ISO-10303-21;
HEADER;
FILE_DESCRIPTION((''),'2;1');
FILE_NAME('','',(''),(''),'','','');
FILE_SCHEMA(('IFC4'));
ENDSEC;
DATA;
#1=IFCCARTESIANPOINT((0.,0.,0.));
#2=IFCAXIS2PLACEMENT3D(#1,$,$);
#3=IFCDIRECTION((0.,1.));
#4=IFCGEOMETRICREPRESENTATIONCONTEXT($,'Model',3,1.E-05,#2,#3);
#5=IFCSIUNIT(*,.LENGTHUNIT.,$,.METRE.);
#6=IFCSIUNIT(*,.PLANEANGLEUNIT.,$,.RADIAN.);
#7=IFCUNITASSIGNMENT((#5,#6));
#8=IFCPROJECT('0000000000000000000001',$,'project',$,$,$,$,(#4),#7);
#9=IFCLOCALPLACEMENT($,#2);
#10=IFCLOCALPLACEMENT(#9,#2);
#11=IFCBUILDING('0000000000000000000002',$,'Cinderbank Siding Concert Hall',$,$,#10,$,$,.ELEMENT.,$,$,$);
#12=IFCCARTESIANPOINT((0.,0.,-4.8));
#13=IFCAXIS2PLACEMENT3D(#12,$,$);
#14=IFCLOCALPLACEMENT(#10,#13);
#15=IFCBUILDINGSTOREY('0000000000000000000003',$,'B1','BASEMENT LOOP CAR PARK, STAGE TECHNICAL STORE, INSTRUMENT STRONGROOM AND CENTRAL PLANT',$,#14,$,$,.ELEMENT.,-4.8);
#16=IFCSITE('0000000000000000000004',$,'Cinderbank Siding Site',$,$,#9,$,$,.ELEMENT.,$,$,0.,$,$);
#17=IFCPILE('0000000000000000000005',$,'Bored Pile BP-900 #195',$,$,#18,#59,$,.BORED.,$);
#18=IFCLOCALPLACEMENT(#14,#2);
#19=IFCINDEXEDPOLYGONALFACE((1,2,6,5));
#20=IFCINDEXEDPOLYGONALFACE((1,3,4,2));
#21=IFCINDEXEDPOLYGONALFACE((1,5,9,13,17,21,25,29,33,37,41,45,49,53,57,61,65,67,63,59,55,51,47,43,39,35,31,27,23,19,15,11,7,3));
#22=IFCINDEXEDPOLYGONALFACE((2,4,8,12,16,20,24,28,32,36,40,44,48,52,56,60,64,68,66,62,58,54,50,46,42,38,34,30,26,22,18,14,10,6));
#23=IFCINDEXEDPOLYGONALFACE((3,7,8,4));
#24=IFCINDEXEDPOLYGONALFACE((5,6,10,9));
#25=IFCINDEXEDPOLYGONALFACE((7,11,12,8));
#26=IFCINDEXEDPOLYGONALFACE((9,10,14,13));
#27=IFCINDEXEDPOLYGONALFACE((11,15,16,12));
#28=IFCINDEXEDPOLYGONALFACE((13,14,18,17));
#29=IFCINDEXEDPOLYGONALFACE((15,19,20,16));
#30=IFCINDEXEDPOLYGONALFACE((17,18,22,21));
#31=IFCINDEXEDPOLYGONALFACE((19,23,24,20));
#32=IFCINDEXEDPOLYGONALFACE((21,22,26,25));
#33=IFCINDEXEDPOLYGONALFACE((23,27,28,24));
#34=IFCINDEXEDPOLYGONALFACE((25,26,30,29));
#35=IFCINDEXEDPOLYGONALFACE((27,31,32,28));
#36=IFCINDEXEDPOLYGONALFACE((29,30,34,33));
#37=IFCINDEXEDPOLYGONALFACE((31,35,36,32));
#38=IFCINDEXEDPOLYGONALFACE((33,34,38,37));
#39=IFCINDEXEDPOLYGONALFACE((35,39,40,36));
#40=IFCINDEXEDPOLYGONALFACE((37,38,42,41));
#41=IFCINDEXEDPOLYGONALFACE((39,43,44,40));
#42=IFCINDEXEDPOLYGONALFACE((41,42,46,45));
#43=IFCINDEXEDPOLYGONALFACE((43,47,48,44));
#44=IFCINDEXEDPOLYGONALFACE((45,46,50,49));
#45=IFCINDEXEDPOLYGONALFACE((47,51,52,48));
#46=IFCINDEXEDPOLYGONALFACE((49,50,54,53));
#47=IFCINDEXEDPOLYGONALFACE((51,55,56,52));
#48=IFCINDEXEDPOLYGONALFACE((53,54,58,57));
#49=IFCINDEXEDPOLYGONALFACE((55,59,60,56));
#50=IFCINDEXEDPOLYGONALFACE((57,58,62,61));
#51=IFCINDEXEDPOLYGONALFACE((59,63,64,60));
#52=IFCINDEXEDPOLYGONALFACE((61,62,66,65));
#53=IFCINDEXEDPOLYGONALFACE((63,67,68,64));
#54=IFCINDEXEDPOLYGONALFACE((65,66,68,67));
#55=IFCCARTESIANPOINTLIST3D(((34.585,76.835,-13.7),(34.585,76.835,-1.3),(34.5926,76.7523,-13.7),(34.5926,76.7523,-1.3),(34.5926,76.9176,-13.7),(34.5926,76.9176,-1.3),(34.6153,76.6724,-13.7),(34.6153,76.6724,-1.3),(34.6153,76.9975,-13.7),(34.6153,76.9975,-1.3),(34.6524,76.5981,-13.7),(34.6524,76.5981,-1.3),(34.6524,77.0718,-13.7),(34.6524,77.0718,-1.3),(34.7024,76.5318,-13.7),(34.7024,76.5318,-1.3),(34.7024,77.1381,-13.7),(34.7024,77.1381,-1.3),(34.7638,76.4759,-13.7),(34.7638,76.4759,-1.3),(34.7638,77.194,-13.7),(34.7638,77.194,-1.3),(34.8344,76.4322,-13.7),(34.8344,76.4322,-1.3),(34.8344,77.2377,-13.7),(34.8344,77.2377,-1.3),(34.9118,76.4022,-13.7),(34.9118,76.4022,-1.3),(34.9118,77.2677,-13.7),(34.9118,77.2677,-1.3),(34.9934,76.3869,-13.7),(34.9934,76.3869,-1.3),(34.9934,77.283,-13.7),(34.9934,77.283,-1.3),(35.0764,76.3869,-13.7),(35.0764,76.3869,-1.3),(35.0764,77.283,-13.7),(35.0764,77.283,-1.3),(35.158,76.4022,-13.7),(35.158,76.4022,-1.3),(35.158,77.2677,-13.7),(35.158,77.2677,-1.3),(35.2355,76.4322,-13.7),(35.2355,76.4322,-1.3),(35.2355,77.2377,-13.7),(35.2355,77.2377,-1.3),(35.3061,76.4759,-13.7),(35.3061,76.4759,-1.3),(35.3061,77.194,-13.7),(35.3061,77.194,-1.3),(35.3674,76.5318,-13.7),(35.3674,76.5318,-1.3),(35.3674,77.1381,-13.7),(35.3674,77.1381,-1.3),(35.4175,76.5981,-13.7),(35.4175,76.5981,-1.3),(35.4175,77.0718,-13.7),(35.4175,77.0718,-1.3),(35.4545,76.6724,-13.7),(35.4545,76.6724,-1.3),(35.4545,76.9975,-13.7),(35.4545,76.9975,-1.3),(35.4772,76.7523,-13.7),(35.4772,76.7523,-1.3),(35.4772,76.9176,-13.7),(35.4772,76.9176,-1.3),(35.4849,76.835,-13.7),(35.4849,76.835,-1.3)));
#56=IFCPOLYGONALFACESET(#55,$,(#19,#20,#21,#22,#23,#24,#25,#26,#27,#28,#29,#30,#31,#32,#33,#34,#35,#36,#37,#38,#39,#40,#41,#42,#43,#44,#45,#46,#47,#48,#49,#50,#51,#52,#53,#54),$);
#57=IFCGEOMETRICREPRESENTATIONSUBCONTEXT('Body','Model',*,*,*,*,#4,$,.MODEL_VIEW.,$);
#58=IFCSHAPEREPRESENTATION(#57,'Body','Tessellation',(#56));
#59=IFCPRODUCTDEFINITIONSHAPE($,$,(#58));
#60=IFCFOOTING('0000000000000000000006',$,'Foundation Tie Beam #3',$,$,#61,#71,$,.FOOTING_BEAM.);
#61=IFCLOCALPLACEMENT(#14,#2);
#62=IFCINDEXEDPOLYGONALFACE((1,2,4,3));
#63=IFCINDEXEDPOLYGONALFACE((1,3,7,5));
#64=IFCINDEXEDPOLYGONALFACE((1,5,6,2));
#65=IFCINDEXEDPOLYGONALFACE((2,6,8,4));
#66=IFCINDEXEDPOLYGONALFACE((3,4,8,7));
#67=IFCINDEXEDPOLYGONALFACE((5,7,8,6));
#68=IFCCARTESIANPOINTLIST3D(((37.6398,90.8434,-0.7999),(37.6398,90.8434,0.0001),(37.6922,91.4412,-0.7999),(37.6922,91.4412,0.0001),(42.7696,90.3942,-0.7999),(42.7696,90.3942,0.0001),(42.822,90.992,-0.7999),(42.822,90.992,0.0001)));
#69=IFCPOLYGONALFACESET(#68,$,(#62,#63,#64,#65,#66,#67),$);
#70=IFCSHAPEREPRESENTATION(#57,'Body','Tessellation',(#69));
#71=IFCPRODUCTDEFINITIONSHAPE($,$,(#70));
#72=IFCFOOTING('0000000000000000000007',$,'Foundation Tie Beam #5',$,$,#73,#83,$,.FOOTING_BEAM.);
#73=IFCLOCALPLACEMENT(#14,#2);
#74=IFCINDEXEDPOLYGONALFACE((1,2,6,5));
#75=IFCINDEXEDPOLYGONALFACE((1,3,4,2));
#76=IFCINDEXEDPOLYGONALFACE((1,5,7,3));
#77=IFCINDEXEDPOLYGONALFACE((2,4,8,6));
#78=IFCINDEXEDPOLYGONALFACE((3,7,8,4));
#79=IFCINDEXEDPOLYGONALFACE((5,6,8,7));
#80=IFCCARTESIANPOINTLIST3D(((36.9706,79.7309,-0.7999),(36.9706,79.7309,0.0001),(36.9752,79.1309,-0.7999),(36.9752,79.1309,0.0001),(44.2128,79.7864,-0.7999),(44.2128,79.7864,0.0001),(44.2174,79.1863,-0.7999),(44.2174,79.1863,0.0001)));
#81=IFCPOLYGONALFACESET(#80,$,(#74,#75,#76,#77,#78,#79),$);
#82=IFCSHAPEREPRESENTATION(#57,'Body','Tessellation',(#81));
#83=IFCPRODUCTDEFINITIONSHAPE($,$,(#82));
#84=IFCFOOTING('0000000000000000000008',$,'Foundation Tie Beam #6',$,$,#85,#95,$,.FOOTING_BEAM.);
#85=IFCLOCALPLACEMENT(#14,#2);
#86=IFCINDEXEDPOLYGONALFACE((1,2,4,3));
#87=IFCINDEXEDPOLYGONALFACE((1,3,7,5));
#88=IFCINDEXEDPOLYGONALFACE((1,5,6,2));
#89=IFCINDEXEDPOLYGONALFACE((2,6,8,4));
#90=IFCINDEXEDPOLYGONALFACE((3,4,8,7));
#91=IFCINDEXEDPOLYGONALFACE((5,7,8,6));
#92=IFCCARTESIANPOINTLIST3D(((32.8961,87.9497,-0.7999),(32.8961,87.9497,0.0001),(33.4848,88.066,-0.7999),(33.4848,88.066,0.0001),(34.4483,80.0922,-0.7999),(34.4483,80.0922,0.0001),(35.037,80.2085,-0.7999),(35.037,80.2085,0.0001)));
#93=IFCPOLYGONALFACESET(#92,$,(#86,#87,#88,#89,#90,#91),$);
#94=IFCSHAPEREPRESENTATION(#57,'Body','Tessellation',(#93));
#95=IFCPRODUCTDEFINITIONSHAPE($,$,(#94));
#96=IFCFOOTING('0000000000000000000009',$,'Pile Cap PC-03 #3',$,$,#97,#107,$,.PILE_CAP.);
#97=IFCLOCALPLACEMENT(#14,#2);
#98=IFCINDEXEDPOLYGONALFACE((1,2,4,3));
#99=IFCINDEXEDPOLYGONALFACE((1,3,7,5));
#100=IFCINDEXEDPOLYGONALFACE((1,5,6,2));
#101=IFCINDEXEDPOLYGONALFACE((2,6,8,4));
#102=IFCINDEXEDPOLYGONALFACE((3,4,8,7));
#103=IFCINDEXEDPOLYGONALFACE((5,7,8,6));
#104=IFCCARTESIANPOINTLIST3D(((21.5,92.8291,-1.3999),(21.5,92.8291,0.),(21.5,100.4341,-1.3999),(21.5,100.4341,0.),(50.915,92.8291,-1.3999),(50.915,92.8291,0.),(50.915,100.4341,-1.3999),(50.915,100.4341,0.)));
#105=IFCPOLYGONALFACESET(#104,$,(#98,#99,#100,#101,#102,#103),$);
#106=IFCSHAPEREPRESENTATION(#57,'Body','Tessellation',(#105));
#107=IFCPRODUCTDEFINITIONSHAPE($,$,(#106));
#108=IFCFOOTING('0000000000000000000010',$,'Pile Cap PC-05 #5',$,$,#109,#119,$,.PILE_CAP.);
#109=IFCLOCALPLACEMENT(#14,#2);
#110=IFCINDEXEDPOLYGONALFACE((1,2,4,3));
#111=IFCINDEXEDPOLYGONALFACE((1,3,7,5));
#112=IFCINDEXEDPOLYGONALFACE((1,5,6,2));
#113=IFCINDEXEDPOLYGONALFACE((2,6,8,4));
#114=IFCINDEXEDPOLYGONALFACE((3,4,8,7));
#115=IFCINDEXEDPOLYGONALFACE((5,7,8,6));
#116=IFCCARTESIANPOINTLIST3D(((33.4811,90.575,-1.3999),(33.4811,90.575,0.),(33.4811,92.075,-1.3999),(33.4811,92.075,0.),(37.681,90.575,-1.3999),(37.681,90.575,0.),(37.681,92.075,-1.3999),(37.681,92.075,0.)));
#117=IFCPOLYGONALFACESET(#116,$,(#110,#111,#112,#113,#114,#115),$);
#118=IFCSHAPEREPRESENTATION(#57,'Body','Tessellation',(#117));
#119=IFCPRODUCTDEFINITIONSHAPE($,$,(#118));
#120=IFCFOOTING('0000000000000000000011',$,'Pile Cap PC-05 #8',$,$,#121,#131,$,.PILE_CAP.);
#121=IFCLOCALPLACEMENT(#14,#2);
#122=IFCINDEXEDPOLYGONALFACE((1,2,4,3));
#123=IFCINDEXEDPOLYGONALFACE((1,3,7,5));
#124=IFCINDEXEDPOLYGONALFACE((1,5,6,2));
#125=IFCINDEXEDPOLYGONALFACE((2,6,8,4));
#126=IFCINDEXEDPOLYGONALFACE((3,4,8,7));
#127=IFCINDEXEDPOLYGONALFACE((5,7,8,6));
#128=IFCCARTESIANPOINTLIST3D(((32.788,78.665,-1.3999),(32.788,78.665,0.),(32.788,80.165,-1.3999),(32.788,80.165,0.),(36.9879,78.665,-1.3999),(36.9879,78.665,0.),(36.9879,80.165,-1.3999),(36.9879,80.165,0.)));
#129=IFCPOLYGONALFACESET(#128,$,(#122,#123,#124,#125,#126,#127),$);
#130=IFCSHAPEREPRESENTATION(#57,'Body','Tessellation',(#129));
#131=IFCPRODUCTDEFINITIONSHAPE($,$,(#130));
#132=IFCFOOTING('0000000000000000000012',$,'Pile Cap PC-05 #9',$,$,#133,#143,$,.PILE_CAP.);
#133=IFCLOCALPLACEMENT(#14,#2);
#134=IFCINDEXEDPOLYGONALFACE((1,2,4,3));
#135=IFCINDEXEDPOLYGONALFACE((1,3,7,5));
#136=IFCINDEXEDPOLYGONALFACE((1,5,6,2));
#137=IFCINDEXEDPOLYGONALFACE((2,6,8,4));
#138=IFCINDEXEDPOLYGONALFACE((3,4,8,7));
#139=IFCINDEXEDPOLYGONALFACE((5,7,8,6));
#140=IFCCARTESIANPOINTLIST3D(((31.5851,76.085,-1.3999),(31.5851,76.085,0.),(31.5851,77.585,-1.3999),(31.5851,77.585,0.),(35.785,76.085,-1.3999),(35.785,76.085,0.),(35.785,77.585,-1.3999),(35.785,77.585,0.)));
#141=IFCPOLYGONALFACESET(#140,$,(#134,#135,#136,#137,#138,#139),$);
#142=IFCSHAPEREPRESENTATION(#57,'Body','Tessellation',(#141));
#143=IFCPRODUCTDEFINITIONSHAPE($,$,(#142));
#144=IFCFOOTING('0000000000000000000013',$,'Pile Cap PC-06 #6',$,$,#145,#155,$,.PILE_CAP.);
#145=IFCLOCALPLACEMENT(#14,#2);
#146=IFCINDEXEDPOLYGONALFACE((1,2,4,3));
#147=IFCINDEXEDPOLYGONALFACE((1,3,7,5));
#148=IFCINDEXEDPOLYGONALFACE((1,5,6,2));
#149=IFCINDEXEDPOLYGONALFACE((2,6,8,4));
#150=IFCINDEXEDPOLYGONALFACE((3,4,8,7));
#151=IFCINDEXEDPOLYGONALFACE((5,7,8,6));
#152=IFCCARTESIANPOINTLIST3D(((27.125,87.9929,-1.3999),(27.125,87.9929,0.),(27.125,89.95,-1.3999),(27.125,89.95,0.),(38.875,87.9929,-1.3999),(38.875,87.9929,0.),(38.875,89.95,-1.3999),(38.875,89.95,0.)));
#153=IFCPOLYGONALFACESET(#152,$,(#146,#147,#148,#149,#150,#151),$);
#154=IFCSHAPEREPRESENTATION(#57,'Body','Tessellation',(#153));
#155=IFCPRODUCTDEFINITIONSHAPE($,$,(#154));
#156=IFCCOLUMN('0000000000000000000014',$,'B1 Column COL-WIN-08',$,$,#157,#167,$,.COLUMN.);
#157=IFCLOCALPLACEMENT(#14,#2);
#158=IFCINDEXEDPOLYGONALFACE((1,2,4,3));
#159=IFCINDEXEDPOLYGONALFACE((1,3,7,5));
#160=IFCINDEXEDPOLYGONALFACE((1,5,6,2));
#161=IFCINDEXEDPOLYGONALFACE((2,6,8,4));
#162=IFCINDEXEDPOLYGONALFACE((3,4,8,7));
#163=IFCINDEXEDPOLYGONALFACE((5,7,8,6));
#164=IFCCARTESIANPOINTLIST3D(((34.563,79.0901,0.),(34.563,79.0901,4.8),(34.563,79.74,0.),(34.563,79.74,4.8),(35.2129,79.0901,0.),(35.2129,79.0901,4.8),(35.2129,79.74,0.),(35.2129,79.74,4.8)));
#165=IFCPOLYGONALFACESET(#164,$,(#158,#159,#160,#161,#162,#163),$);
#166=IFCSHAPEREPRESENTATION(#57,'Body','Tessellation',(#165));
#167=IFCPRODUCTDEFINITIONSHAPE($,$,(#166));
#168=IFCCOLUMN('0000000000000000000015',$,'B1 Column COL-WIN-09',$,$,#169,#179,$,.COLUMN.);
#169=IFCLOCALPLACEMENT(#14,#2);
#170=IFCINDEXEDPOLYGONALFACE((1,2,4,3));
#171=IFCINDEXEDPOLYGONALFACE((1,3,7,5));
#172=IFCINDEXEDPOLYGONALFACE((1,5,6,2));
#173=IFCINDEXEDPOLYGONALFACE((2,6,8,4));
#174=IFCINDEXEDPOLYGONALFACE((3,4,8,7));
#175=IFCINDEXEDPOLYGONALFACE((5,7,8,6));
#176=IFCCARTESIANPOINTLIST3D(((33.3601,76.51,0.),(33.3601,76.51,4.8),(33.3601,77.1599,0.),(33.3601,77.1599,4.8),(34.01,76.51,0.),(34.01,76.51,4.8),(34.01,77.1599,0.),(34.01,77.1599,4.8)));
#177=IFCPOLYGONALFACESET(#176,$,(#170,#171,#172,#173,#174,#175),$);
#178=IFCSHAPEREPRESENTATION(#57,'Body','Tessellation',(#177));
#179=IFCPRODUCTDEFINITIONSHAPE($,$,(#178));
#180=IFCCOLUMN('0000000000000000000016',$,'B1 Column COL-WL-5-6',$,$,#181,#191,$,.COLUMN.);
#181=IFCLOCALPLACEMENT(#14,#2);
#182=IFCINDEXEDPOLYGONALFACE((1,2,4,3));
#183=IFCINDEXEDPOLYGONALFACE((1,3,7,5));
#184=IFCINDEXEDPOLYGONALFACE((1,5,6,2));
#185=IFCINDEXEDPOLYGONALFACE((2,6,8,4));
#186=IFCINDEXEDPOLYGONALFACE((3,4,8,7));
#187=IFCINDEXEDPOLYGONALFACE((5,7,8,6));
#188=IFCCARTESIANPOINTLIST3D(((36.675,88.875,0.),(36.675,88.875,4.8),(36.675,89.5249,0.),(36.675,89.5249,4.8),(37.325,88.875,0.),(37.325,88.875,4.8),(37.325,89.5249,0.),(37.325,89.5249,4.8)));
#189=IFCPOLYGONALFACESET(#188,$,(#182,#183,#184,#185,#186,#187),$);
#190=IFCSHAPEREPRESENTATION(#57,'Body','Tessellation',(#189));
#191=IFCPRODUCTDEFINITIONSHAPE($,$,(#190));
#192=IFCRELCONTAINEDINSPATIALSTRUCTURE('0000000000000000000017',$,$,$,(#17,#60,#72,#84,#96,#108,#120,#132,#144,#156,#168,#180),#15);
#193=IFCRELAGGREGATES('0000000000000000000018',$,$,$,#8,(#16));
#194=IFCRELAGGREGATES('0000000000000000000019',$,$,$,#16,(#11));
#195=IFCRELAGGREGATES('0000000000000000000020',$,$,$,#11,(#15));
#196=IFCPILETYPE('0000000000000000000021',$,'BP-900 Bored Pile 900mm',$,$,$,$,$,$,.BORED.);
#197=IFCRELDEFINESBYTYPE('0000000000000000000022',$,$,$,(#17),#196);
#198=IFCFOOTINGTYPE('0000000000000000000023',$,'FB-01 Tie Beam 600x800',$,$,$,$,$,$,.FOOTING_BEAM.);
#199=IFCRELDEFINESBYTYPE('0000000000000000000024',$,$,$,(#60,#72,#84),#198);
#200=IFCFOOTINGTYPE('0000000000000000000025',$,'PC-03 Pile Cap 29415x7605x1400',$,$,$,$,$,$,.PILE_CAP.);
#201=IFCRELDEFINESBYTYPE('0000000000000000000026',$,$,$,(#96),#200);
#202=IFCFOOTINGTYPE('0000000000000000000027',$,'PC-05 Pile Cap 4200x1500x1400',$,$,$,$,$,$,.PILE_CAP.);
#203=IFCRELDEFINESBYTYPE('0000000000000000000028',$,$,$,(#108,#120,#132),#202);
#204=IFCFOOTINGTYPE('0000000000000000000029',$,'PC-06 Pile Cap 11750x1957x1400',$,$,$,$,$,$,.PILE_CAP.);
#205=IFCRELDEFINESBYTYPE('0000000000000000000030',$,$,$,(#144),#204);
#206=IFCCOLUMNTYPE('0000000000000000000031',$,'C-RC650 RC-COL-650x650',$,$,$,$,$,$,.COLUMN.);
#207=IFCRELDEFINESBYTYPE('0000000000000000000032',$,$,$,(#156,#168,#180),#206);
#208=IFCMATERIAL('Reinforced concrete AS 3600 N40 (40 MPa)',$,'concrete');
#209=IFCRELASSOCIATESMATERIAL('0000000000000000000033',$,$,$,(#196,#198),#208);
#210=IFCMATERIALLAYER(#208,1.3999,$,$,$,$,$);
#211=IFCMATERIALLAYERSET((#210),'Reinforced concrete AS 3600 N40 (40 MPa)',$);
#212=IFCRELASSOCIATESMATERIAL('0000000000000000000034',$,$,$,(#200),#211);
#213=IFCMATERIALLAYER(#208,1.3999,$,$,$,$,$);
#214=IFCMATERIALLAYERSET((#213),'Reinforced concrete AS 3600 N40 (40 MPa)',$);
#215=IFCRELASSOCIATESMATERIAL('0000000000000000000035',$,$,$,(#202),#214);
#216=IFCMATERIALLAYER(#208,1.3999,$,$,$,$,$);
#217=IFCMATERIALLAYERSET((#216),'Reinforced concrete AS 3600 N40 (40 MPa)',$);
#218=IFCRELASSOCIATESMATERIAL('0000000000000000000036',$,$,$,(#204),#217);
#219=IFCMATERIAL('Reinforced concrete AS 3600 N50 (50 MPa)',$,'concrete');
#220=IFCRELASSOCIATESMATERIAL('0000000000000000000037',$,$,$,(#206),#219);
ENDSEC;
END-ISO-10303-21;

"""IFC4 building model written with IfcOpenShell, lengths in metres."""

from ifc_helpers import new_model, si_unit, direction, frame, origin, origin_2d, place, context, subcontext, project, spatial, rectangle, circle, extrude, material, layer, layer_set, material_profile, profile_set, type_object, element, save


model = new_model("IFC4")

# Units and contexts
model_context = context("Model", 3, precision=1e-05, world=origin(), true_north=direction((0.0, 1.0)))
body_context = subcontext(model_context, "Body", "Model", "MODEL_VIEW")
ifc_project = project(units=[si_unit("LENGTHUNIT", "METRE"), si_unit("PLANEANGLEUNIT", "RADIAN")], contexts=[model_context])

# Site, building, storey
site_placement = place(None, origin())
site = spatial("IfcSite", under=ifc_project, at=site_placement, Name="Cinderbank Siding Site", CompositionType="ELEMENT", RefElevation=0.0)
building_placement = place(site_placement, origin())
building = spatial("IfcBuilding", under=site, at=building_placement, Name="Cinderbank Siding Concert Hall", CompositionType="ELEMENT")
storey_placement = place(building_placement, frame((0.0, 0.0, -4.8)))
storey = spatial("IfcBuildingStorey", under=building, at=storey_placement, Name="B1", Description="BASEMENT LOOP CAR PARK, STAGE TECHNICAL STORE, INSTRUMENT STRONGROOM AND CENTRAL PLANT", CompositionType="ELEMENT", Elevation=-4.8)

# Pile
ifc_material_1 = material(Name="Reinforced concrete AS 3600 N40 (40 MPa)", Category="concrete")
ifc_material_profile_1 = material_profile(ifc_material_1, circle(Radius=0.45, at=origin_2d()), Name="PILE-900DIA", Category="LoadBearing")
ifc_profile_set_1 = profile_set([ifc_material_profile_1], Name="Reinforced concrete AS 3600 N40 (40 MPa)")
pile_type_1 = type_object("IfcPileType", Name="BP-900 Bored Pile 900mm", PredefinedType="BORED", material=ifc_profile_set_1)
for number, where, z_axis, x_axis, name in (
    (1, (35.0349, 76.835, -1.3), (0.0, 0.0, -1.0), (1.0, 0.0, 0.0), "Bored Pile BP-900 #195"),
):
    element("IfcPile", number, at=place(storey_placement, frame(where, z_axis=z_axis, x_axis=x_axis)), inside=storey, type_object=pile_type_1, Name=name, PredefinedType="BORED", context=body_context, shape_type="SweptSolid", body=[
        extrude(circle(Radius=0.45, at=origin_2d()), origin(), (0.0, 0.0, 1.0), 12.3999),
    ])

# Footings
ifc_material_profile_2 = material_profile(ifc_material_1, rectangle(XDim=0.6001, YDim=0.8, at=origin_2d()), Name="RC-FB-600x800", Category="LoadBearing")
ifc_profile_set_2 = profile_set([ifc_material_profile_2], Name="Reinforced concrete AS 3600 N40 (40 MPa)")
footing_type_1 = type_object("IfcFootingType", Name="FB-01 Tie Beam 600x800", PredefinedType="FOOTING_BEAM", material=ifc_profile_set_2)
footing_1_placement = place(storey_placement, frame((37.666, 91.1423, -0.3999), z_axis=(0.996188, -0.087235, 0.0), x_axis=(0.087235, 0.996188, 0.0)))
element("IfcFooting", 2, at=footing_1_placement, inside=storey, type_object=footing_type_1, Name="Foundation Tie Beam #3", PredefinedType="FOOTING_BEAM", context=body_context, shape_type="SweptSolid", body=[
    extrude(rectangle(XDim=0.6001, YDim=0.8, at=origin_2d()), origin(), (0.0, 0.0, 1.0), 5.1494),
])
footing_2_placement = place(storey_placement, frame((36.9729, 79.4309, -0.3999), z_axis=(0.999971, 0.007652, 0.0), x_axis=(-0.007652, 0.999971, 0.0)))
element("IfcFooting", 3, at=footing_2_placement, inside=storey, type_object=footing_type_1, Name="Foundation Tie Beam #5", PredefinedType="FOOTING_BEAM", context=body_context, shape_type="SweptSolid", body=[
    extrude(rectangle(XDim=0.6001, YDim=0.8, at=origin_2d()), origin(), (0.0, 0.0, 1.0), 7.2424),
])
footing_3_placement = place(storey_placement, frame((34.7427, 80.1504, -0.3999), z_axis=(-0.193806, 0.98104, 0.0), x_axis=(-0.98104, -0.193806, 0.0)))
element("IfcFooting", 4, at=footing_3_placement, inside=storey, type_object=footing_type_1, Name="Foundation Tie Beam #6", PredefinedType="FOOTING_BEAM", context=body_context, shape_type="SweptSolid", body=[
    extrude(rectangle(XDim=0.6001, YDim=0.8, at=origin_2d()), origin(), (0.0, 0.0, 1.0), 8.0093),
])
ifc_layer_1 = layer(ifc_material_1, 1.3999)
ifc_layer_set_1 = layer_set([ifc_layer_1], Name="Reinforced concrete AS 3600 N40 (40 MPa)")
footing_type_2 = type_object("IfcFootingType", Name="PC-03 Pile Cap 29415x7605x1400", PredefinedType="PILE_CAP", material=ifc_layer_set_1)
footing_4_placement = place(storey_placement, frame((36.2075, 96.6316, -1.3999), z_axis=(0.0, 0.0, 1.0), x_axis=(1.0, 0.0, 0.0)))
element("IfcFooting", 5, at=footing_4_placement, inside=storey, type_object=footing_type_2, Name="Pile Cap PC-03 #3", PredefinedType="PILE_CAP", context=body_context, shape_type="SweptSolid", body=[
    extrude(rectangle(XDim=29.415, YDim=7.605, at=origin_2d()), origin(), (0.0, 0.0, 1.0), 1.3999),
])
ifc_layer_2 = layer(ifc_material_1, 1.3999)
ifc_layer_set_2 = layer_set([ifc_layer_2], Name="Reinforced concrete AS 3600 N40 (40 MPa)")
footing_type_3 = type_object("IfcFootingType", Name="PC-05 Pile Cap 4200x1500x1400", PredefinedType="PILE_CAP", material=ifc_layer_set_2)
for number, where, z_axis, x_axis, name in (
    (6, (35.5811, 91.325, -1.3999), (0.0, 0.0, 1.0), (1.0, 0.0, 0.0), "Pile Cap PC-05 #5"),
    (7, (34.8879, 79.415, -1.3999), (0.0, 0.0, 1.0), (1.0, 0.0, 0.0), "Pile Cap PC-05 #8"),
    (8, (33.6851, 76.835, -1.3999), (0.0, 0.0, 1.0), (1.0, 0.0, 0.0), "Pile Cap PC-05 #9"),
):
    element("IfcFooting", number, at=place(storey_placement, frame(where, z_axis=z_axis, x_axis=x_axis)), inside=storey, type_object=footing_type_3, Name=name, PredefinedType="PILE_CAP", context=body_context, shape_type="SweptSolid", body=[
        extrude(rectangle(XDim=4.2, YDim=1.5, at=origin_2d()), origin(), (0.0, 0.0, 1.0), 1.3999),
    ])
ifc_layer_3 = layer(ifc_material_1, 1.3999)
ifc_layer_set_3 = layer_set([ifc_layer_3], Name="Reinforced concrete AS 3600 N40 (40 MPa)")
footing_type_4 = type_object("IfcFootingType", Name="PC-06 Pile Cap 11750x1957x1400", PredefinedType="PILE_CAP", material=ifc_layer_set_3)
footing_5_placement = place(storey_placement, frame((33.0, 88.9714, -1.3999), z_axis=(0.0, 0.0, 1.0), x_axis=(1.0, 0.0, 0.0)))
element("IfcFooting", 9, at=footing_5_placement, inside=storey, type_object=footing_type_4, Name="Pile Cap PC-06 #6", PredefinedType="PILE_CAP", context=body_context, shape_type="SweptSolid", body=[
    extrude(rectangle(XDim=11.75, YDim=1.957, at=origin_2d()), origin(), (0.0, 0.0, 1.0), 1.3999),
])

# Columns
ifc_material_2 = material(Name="Reinforced concrete AS 3600 N50 (50 MPa)", Category="concrete")
ifc_material_profile_3 = material_profile(ifc_material_2, rectangle(XDim=0.6499, YDim=0.6499, at=origin_2d()), Name="RC-COL-650x650", Category="LoadBearing")
ifc_profile_set_3 = profile_set([ifc_material_profile_3], Name="Reinforced concrete AS 3600 N50 (50 MPa)")
column_type_1 = type_object("IfcColumnType", Name="C-RC650 RC-COL-650x650", PredefinedType="COLUMN", material=ifc_profile_set_3)
for number, where, z_axis, x_axis, name in (
    (10, (34.8879, 79.415, 0.0), (0.0, 0.0, 1.0), (1.0, 0.0, 0.0), "B1 Column COL-WIN-08"),
    (11, (33.6851, 76.835, 0.0), (0.0, 0.0, 1.0), (1.0, 0.0, 0.0), "B1 Column COL-WIN-09"),
    (12, (37.0, 89.2, 0.0), (0.0, 0.0, 1.0), (1.0, 0.0, 0.0), "B1 Column COL-WL-5-6"),
):
    element("IfcColumn", number, at=place(storey_placement, frame(where, z_axis=z_axis, x_axis=x_axis)), inside=storey, type_object=column_type_1, Name=name, PredefinedType="COLUMN", context=body_context, shape_type="SweptSolid", body=[
        extrude(rectangle(XDim=0.6499, YDim=0.6499, at=origin_2d()), origin(), (0.0, 0.0, 1.0), 4.8),
    ])

save(model, "model.ifc")
